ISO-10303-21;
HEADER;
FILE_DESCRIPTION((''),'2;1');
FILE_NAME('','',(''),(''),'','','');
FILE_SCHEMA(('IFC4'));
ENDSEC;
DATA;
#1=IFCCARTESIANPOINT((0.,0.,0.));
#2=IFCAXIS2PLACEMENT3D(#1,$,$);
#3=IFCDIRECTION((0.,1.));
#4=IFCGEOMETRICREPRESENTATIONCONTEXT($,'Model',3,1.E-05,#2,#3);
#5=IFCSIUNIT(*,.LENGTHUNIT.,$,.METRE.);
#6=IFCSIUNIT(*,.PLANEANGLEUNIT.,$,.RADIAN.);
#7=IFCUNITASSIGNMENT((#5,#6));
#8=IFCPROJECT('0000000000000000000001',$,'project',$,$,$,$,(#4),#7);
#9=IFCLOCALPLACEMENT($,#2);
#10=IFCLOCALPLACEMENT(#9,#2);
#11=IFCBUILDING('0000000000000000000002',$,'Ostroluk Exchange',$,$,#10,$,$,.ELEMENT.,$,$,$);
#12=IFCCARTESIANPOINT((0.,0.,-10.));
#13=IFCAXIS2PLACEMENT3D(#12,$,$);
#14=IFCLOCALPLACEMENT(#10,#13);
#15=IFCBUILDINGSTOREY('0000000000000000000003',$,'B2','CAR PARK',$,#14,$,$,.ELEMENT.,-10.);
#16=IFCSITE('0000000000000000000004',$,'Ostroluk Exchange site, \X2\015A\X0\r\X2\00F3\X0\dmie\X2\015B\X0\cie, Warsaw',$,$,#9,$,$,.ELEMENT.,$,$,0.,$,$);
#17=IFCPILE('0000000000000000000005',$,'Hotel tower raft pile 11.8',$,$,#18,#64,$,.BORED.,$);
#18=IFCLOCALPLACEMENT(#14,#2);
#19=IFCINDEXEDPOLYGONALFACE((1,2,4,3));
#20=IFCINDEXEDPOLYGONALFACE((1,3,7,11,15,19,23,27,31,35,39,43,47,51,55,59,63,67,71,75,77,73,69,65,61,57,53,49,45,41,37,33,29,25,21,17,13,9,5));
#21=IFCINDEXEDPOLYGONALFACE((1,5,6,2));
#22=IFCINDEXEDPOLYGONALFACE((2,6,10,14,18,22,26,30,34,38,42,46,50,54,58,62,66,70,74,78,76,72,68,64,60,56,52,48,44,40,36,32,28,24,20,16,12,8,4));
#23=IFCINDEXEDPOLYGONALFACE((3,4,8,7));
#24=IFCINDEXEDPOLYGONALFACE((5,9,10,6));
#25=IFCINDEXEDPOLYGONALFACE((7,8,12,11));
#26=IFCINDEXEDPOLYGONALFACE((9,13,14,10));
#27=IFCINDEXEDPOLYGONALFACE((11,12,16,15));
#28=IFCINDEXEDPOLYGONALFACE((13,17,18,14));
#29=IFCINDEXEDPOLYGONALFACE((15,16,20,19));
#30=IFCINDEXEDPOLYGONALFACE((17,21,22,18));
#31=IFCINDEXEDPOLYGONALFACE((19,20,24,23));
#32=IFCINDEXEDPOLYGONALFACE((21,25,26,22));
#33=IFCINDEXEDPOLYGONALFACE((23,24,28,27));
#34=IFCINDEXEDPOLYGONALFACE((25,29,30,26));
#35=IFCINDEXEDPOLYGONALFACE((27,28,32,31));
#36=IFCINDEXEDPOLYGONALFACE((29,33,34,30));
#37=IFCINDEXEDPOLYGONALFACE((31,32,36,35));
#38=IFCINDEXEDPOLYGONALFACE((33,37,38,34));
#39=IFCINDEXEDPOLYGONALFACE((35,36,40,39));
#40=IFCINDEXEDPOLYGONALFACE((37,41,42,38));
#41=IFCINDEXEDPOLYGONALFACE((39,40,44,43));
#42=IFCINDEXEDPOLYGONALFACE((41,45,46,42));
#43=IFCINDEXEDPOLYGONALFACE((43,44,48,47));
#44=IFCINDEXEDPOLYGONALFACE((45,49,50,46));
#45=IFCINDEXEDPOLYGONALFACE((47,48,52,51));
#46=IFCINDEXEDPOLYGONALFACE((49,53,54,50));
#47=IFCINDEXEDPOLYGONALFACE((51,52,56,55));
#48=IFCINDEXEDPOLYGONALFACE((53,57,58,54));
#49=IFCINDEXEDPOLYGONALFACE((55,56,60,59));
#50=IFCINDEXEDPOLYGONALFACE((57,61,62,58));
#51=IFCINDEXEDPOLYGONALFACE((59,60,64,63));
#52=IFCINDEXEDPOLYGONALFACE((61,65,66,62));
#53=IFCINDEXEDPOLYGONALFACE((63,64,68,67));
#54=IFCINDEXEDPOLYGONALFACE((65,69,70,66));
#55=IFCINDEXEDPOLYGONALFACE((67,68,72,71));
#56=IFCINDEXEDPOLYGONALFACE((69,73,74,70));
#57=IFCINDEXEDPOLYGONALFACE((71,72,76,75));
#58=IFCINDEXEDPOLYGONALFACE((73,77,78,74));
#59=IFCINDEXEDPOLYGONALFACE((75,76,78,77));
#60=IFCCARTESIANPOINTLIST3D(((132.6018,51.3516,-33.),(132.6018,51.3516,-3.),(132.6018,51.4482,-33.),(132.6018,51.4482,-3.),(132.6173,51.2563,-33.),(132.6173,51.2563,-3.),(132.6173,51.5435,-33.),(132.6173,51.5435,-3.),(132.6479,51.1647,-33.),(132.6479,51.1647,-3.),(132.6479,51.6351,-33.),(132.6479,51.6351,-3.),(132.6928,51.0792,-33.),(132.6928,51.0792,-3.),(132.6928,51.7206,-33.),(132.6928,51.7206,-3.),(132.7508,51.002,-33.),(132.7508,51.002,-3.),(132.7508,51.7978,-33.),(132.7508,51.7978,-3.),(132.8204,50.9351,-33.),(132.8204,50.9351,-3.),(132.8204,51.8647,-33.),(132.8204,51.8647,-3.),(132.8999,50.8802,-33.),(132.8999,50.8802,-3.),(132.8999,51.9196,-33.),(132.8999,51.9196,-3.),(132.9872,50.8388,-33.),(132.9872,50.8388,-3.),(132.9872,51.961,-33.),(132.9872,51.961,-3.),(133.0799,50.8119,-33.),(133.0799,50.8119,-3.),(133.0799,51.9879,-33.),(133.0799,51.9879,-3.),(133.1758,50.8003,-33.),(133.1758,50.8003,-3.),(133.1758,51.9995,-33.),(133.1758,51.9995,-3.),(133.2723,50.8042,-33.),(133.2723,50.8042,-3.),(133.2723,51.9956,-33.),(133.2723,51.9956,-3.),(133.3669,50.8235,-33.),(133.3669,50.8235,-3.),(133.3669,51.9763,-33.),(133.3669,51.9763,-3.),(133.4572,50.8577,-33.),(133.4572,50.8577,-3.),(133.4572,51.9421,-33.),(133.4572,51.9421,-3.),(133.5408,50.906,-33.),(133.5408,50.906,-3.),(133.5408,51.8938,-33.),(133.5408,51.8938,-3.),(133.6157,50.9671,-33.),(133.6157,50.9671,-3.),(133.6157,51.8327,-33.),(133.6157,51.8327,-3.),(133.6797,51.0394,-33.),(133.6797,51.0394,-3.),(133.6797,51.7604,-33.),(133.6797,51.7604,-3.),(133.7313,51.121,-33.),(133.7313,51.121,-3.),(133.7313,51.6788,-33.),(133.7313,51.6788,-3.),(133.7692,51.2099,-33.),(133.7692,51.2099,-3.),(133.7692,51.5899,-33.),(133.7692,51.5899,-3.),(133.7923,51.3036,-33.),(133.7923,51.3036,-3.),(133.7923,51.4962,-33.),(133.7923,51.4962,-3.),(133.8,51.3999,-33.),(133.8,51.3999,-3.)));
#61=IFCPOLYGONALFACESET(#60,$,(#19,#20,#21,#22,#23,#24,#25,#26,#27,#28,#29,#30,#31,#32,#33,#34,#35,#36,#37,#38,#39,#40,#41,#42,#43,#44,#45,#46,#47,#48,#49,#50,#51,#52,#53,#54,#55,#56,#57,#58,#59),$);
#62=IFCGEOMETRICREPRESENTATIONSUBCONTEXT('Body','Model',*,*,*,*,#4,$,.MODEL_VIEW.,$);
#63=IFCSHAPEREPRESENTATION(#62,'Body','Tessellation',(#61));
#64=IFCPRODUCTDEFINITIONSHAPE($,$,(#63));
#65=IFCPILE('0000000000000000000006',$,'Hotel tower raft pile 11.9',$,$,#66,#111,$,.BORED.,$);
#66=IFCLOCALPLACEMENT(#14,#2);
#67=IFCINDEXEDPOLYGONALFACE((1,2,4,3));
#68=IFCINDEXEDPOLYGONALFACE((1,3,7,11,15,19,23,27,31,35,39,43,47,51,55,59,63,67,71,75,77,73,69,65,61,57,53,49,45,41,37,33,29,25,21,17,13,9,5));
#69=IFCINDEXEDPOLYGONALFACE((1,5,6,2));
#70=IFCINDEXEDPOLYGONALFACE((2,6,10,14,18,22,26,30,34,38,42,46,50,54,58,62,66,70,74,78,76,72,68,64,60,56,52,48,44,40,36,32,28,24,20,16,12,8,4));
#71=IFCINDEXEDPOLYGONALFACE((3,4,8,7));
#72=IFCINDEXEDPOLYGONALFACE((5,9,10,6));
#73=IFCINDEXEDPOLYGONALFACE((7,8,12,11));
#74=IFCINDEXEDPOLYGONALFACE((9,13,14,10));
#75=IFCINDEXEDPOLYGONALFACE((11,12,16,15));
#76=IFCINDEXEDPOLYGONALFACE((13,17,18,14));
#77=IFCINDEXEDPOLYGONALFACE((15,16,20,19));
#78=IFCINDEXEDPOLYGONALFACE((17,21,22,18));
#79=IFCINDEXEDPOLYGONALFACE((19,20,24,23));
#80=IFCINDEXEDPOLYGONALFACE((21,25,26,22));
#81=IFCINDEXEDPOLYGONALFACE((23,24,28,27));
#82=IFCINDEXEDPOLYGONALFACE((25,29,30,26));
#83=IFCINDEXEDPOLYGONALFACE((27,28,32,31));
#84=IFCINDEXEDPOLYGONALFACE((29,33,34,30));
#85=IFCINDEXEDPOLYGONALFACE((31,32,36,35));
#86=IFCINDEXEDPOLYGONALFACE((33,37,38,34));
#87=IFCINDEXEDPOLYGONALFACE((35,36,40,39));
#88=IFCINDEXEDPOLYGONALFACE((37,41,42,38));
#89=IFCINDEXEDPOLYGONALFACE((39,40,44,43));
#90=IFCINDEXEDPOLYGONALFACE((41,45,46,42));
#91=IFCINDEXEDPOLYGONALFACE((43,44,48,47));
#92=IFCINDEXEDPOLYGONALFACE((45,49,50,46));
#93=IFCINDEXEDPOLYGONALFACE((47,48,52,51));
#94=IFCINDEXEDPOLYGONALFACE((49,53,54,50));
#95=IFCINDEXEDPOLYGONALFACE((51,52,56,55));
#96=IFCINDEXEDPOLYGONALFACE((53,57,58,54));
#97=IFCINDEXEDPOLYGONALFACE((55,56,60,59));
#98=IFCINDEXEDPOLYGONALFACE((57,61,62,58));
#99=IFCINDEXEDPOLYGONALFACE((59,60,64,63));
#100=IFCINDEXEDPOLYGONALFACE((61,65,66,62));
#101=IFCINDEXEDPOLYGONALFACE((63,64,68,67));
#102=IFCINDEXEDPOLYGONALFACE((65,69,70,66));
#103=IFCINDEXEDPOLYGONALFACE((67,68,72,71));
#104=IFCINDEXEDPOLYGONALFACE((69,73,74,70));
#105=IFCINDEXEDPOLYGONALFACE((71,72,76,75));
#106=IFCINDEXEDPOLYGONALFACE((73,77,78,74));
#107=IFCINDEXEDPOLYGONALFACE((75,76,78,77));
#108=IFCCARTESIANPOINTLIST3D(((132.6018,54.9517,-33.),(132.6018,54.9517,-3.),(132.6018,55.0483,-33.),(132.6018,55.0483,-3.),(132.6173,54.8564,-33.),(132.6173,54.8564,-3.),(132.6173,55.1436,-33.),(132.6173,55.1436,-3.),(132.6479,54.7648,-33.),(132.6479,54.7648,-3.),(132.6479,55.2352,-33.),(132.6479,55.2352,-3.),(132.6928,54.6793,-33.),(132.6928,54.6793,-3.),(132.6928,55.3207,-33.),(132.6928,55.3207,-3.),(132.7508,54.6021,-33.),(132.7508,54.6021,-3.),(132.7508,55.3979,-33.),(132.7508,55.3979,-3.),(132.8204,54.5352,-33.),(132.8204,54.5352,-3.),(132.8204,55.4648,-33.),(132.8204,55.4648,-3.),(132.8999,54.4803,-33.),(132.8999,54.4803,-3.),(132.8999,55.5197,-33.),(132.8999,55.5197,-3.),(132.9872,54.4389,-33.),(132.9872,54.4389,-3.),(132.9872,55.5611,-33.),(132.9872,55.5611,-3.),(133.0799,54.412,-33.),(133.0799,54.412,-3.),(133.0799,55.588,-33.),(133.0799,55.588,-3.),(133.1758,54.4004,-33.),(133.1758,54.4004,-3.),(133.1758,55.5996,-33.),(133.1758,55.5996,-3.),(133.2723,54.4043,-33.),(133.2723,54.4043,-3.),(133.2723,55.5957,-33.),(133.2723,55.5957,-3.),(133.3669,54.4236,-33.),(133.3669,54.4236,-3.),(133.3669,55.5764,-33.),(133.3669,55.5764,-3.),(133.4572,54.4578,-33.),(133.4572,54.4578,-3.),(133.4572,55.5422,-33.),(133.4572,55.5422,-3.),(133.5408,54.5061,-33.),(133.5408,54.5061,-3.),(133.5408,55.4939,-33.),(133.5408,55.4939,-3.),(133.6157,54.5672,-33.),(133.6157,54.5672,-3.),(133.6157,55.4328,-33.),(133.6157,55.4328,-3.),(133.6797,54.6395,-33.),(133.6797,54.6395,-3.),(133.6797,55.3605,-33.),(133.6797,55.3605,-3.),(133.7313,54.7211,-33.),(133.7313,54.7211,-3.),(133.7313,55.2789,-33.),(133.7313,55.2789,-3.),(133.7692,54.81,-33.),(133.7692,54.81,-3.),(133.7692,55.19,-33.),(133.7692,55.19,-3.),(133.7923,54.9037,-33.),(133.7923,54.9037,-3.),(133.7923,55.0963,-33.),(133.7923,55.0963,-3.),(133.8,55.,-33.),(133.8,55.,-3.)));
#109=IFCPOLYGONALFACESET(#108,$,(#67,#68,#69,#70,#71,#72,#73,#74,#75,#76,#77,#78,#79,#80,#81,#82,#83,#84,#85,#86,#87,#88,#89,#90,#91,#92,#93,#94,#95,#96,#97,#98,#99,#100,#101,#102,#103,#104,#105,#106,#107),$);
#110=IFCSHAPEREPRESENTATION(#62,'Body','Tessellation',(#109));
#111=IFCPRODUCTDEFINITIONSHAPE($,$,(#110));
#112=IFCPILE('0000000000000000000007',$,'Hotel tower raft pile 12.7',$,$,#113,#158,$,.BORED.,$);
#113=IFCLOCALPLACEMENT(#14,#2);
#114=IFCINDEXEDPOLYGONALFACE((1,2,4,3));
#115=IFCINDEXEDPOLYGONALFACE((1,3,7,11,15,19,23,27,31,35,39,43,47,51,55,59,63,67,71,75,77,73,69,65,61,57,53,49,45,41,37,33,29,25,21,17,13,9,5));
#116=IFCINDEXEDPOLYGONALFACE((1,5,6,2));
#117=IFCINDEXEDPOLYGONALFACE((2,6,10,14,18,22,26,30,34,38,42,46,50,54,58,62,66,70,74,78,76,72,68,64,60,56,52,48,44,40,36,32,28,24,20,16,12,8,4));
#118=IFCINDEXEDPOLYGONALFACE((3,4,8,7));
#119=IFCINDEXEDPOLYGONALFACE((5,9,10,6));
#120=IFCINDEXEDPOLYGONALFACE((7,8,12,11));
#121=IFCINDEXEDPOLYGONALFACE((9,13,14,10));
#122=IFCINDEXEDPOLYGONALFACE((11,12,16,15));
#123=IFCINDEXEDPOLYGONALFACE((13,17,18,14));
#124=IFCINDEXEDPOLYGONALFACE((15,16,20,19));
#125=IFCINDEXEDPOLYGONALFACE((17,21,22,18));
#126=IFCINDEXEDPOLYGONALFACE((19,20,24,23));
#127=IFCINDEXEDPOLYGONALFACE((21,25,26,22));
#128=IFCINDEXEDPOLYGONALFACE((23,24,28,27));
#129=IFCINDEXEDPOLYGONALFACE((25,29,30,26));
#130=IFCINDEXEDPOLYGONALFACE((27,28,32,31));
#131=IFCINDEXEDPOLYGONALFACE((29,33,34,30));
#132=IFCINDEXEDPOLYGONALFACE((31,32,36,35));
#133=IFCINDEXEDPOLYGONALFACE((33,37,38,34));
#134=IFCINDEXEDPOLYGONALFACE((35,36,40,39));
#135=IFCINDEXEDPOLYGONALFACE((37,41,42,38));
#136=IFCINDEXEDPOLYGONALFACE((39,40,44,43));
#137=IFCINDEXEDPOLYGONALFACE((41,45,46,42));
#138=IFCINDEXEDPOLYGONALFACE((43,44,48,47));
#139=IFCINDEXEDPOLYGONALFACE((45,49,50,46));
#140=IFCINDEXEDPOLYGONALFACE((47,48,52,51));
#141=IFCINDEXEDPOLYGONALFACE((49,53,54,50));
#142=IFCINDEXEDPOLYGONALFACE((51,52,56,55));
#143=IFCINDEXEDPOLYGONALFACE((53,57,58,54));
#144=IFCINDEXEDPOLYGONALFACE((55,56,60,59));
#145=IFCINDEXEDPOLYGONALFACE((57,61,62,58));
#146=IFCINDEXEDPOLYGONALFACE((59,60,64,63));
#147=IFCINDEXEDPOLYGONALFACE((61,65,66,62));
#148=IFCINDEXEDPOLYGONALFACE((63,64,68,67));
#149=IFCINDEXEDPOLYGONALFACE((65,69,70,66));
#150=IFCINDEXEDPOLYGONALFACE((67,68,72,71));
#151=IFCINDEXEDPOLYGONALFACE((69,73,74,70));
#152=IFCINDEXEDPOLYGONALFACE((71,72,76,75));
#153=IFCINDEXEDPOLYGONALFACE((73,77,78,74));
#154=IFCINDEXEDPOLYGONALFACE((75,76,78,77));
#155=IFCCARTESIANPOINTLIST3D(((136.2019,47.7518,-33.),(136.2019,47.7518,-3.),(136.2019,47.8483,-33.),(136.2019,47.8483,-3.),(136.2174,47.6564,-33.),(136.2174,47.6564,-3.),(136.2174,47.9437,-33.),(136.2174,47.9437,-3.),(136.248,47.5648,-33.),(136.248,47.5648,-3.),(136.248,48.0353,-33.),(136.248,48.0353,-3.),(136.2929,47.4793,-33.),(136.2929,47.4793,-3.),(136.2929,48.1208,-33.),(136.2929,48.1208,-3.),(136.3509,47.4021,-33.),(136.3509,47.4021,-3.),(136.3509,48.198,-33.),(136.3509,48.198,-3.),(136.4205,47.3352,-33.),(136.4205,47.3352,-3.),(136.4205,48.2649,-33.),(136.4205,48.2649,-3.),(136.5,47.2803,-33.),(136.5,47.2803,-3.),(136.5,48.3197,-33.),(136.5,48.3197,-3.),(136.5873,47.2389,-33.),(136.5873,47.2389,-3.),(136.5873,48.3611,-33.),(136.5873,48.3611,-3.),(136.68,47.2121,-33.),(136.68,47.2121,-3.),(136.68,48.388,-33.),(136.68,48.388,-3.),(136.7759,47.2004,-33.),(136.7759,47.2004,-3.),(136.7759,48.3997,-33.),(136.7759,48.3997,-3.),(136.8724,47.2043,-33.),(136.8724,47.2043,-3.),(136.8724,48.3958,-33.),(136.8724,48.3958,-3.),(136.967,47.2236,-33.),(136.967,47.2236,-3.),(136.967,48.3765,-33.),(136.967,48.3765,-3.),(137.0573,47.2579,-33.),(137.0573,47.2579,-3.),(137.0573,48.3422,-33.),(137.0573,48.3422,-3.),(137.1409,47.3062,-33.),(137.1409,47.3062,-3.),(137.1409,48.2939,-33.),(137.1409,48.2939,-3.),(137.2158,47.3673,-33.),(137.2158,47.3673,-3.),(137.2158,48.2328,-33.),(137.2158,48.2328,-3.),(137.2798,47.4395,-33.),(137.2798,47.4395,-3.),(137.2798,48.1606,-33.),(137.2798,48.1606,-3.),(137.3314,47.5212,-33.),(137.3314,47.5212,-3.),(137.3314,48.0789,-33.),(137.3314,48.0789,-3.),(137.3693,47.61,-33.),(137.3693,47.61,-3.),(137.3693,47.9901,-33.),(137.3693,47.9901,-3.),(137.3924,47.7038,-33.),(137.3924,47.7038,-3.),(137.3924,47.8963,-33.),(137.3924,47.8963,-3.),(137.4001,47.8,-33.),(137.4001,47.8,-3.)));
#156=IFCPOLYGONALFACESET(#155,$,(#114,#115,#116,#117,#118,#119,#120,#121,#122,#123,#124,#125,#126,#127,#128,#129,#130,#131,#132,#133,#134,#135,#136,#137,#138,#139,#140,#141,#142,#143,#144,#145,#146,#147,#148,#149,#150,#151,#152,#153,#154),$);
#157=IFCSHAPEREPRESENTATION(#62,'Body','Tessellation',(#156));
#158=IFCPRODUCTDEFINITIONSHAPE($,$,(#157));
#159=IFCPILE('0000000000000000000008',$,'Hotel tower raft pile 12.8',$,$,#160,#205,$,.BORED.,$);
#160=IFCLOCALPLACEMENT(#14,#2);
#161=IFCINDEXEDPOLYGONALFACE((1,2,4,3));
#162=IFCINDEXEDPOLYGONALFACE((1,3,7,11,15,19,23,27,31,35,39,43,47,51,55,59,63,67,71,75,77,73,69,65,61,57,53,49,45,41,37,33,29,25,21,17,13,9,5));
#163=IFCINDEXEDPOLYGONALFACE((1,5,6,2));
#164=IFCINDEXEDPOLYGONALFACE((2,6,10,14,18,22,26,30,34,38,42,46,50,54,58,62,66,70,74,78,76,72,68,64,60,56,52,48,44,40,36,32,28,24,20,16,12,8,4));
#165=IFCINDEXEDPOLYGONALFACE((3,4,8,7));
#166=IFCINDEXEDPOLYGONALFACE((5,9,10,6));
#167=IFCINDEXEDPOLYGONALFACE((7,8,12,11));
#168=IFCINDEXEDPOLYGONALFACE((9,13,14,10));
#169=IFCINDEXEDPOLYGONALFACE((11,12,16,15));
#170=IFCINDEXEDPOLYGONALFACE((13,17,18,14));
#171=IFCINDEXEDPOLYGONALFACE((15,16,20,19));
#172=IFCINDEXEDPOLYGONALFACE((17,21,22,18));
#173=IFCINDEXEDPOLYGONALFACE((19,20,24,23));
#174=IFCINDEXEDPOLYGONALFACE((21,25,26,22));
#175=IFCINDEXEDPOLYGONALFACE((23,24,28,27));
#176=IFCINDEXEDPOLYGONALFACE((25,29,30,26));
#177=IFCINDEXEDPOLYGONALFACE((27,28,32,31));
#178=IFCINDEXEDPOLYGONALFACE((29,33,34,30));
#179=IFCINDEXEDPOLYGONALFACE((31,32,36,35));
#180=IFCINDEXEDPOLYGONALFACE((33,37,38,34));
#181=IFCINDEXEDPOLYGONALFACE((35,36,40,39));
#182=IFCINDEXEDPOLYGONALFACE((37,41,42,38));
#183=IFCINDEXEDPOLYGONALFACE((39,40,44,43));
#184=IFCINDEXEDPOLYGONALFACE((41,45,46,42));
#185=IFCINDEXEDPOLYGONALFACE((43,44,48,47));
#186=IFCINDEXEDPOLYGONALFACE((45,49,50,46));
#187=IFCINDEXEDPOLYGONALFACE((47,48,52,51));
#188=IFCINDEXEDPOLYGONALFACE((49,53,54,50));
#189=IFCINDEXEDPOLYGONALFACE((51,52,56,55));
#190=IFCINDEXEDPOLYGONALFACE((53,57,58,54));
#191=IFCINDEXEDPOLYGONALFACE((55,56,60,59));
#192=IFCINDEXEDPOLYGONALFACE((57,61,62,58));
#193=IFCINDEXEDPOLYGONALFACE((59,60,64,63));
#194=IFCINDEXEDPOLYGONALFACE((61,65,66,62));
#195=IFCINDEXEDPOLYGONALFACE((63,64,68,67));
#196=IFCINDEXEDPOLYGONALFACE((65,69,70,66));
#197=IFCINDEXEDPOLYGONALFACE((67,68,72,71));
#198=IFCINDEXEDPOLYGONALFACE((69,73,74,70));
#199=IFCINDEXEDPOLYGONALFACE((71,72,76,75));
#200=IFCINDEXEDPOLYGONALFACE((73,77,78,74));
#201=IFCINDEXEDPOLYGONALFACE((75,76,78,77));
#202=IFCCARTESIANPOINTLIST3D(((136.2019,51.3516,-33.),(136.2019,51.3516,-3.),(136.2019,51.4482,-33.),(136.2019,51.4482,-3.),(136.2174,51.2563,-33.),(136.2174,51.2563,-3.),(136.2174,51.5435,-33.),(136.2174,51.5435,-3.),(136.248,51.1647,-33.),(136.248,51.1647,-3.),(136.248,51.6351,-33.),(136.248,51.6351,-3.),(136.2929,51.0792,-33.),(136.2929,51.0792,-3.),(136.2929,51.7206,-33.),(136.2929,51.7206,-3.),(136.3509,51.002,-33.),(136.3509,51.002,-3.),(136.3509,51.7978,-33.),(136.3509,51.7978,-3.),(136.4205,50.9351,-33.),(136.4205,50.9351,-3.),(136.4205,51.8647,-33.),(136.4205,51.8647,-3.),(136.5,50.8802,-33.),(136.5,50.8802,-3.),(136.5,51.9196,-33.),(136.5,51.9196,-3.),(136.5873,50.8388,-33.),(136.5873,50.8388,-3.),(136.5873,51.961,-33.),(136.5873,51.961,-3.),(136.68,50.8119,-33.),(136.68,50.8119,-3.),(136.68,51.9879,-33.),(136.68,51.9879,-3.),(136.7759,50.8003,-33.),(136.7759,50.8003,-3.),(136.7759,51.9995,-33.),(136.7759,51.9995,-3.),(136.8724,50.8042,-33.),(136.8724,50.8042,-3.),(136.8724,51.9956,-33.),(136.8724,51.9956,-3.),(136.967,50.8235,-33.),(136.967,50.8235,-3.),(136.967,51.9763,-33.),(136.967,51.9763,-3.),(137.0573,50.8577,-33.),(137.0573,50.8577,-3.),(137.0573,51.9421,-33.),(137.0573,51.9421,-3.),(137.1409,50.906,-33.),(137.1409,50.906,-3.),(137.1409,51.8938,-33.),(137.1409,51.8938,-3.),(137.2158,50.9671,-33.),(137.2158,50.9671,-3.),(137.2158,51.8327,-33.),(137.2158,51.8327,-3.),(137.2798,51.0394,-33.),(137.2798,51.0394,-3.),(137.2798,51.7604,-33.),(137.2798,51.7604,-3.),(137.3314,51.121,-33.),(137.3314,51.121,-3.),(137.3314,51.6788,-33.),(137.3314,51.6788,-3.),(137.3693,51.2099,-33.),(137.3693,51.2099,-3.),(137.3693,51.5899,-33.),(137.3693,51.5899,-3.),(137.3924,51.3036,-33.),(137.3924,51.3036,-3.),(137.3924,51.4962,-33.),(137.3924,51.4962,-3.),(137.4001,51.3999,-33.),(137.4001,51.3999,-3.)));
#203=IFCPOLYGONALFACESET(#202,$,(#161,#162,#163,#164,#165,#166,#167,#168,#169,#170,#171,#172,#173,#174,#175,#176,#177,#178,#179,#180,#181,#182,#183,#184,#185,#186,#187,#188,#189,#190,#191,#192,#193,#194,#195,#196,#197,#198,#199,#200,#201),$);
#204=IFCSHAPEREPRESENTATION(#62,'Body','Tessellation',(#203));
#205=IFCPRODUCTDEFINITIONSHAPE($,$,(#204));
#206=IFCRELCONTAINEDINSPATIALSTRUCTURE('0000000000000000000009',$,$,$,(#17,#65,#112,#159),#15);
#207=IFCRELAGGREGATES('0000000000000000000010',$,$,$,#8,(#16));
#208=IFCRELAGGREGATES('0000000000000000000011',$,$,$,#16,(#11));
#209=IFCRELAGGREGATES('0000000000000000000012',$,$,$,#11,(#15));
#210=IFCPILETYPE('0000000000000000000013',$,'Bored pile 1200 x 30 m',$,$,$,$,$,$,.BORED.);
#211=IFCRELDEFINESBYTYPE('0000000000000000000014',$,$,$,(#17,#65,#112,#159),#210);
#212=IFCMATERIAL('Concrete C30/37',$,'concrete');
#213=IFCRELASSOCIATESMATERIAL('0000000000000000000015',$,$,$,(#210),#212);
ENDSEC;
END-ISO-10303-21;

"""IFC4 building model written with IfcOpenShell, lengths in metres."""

from ifc_helpers import new_model, si_unit, direction, frame, origin, origin_2d, place, context, subcontext, project, spatial, circle, extrude, material, type_object, element, save


model = new_model("IFC4")

# Units and contexts
model_context = context("Model", 3, precision=1e-05, world=origin(), true_north=direction((0.0, 1.0)))
body_context = subcontext(model_context, "Body", "Model", "MODEL_VIEW")
ifc_project = project(units=[si_unit("LENGTHUNIT", "METRE"), si_unit("PLANEANGLEUNIT", "RADIAN")], contexts=[model_context])

# Site, building, storey
site_placement = place(None, origin())
site = spatial("IfcSite", under=ifc_project, at=site_placement, Name="Ostroluk Exchange site, Śródmieście, Warsaw", CompositionType="ELEMENT", RefElevation=0.0)
building_placement = place(site_placement, origin())
building = spatial("IfcBuilding", under=site, at=building_placement, Name="Ostroluk Exchange", CompositionType="ELEMENT")
storey_placement = place(building_placement, frame((0.0, 0.0, -10.0)))
storey = spatial("IfcBuildingStorey", under=building, at=storey_placement, Name="B2", Description="CAR PARK", CompositionType="ELEMENT", Elevation=-10.0)

# Piles
ifc_material_1 = material(Name="Concrete C30/37", Category="concrete")
pile_type_1 = type_object("IfcPileType", Name="Bored pile 1200 x 30 m", PredefinedType="BORED", material=ifc_material_1)
for number, where, z_axis, x_axis, name in (
    (1, (133.2, 51.3999, -3.0), (0.0, 0.0, -1.0), (1.0, 0.0, 0.0), "Hotel tower raft pile 11.8"),
    (2, (133.2, 55.0, -3.0), (0.0, 0.0, -1.0), (1.0, 0.0, 0.0), "Hotel tower raft pile 11.9"),
    (3, (136.8, 47.8, -3.0), (0.0, 0.0, -1.0), (1.0, 0.0, 0.0), "Hotel tower raft pile 12.7"),
    (4, (136.8, 51.3999, -3.0), (0.0, 0.0, -1.0), (1.0, 0.0, 0.0), "Hotel tower raft pile 12.8"),
):
    element("IfcPile", number, at=place(storey_placement, frame(where, z_axis=z_axis, x_axis=x_axis)), inside=storey, type_object=pile_type_1, Name=name, PredefinedType="BORED", context=body_context, shape_type="SweptSolid", body=[
        extrude(circle(Radius=0.6001, at=origin_2d()), origin(), (0.0, 0.0, 1.0), 30.0),
    ])

save(model, "model.ifc")
